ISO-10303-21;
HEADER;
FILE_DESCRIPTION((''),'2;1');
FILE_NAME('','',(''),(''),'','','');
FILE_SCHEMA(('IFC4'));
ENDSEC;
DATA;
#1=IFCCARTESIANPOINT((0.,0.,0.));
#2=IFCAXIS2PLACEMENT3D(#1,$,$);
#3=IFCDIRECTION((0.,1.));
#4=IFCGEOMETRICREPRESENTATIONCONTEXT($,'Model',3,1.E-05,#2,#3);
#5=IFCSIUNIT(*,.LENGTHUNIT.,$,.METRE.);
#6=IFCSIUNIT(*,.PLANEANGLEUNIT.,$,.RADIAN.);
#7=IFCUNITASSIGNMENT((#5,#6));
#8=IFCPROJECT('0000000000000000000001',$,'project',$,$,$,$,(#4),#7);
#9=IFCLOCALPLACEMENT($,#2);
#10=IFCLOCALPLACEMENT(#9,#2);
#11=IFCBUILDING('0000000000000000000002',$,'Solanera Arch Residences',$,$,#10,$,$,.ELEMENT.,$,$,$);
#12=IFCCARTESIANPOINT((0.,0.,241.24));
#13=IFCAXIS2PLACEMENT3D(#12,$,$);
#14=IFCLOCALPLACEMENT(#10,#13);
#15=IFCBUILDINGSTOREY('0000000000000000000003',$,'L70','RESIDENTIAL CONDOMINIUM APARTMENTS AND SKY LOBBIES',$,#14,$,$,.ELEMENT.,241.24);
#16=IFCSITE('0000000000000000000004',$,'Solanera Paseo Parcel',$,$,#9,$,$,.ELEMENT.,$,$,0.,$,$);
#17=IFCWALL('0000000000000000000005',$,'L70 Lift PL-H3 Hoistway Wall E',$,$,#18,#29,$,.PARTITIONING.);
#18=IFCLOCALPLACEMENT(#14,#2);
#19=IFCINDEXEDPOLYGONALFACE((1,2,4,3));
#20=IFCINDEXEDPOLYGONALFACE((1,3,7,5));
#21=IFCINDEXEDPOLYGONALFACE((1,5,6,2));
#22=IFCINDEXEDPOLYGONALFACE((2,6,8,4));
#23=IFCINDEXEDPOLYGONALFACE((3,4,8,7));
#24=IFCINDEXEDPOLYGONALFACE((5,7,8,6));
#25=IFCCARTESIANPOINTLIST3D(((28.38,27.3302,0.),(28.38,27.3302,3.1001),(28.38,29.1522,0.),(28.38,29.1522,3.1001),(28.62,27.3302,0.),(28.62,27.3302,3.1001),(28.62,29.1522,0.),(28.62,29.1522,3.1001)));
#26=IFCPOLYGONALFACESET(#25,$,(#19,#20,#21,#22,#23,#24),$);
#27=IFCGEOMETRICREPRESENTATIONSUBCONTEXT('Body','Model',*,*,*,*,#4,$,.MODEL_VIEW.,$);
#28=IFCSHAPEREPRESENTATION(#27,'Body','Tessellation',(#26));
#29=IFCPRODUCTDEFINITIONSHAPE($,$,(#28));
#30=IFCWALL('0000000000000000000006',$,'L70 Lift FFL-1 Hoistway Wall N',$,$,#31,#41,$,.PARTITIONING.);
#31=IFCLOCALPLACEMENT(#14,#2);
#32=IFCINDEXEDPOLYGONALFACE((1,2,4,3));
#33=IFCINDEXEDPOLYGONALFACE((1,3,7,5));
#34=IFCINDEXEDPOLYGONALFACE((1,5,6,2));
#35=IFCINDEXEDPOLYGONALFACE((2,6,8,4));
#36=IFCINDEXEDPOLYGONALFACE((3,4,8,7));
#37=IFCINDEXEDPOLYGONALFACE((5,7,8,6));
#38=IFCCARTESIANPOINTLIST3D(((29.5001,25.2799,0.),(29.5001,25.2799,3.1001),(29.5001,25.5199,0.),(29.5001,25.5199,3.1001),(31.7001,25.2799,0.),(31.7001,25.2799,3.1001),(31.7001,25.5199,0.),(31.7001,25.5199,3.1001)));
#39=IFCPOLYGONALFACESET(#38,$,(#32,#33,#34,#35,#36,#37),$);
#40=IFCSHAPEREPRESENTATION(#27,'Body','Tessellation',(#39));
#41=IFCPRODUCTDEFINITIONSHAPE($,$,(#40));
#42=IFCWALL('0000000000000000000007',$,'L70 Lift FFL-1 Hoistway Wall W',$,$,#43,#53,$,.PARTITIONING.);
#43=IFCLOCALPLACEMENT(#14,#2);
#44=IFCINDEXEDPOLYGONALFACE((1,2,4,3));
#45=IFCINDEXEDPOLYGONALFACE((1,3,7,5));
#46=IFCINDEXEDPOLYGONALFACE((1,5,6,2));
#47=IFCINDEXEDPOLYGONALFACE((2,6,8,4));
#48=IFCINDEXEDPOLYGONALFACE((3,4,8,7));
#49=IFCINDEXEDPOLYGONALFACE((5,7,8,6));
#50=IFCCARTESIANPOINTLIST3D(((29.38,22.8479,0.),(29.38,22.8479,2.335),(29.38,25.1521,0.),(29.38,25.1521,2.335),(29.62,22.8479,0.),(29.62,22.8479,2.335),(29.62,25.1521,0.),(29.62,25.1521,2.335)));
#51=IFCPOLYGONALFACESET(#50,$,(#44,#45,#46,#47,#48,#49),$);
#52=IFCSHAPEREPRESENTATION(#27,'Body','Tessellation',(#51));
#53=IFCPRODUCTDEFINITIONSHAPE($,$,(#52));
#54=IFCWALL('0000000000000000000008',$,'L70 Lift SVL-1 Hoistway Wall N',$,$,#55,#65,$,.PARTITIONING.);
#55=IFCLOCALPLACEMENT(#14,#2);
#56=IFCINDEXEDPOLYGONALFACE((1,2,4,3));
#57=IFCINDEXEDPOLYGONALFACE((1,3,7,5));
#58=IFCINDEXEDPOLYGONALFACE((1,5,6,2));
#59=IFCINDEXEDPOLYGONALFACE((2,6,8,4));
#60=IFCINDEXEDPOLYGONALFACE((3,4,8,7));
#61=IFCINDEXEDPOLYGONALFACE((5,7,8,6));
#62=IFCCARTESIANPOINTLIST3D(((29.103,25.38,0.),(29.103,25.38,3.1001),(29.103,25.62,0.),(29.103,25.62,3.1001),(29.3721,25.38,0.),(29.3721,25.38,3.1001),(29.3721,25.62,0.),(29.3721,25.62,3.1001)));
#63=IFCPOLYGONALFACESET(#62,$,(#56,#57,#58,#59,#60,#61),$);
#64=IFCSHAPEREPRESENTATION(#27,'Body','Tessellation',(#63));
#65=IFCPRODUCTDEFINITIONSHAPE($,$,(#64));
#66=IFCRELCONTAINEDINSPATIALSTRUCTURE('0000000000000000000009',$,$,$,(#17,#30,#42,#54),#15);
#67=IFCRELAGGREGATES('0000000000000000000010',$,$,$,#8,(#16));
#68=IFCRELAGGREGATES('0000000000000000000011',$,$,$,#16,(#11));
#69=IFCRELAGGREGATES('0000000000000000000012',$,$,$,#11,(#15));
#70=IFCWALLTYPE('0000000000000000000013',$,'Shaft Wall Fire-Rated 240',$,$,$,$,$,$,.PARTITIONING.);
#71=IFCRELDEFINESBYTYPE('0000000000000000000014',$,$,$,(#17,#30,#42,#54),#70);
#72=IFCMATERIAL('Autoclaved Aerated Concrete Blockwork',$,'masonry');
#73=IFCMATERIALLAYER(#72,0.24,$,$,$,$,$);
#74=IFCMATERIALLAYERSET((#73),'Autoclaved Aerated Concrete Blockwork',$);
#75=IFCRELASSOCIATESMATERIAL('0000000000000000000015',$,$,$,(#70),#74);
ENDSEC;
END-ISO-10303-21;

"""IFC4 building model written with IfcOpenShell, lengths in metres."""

from ifc_helpers import new_model, si_unit, direction, frame, frame_2d, origin, place, context, subcontext, project, spatial, rectangle, extrude, material, layer, layer_set, type_object, element, save


model = new_model("IFC4")

# Units and contexts
model_context = context("Model", 3, precision=1e-05, world=origin(), true_north=direction((0.0, 1.0)))
body_context = subcontext(model_context, "Body", "Model", "MODEL_VIEW")
ifc_project = project(units=[si_unit("LENGTHUNIT", "METRE"), si_unit("PLANEANGLEUNIT", "RADIAN")], contexts=[model_context])

# Site, building, storey
site_placement = place(None, origin())
site = spatial("IfcSite", under=ifc_project, at=site_placement, Name="Solanera Paseo Parcel", CompositionType="ELEMENT", RefElevation=0.0)
building_placement = place(site_placement, origin())
building = spatial("IfcBuilding", under=site, at=building_placement, Name="Solanera Arch Residences", CompositionType="ELEMENT")
storey_placement = place(building_placement, frame((0.0, 0.0, 241.24)))
storey = spatial("IfcBuildingStorey", under=building, at=storey_placement, Name="L70", Description="RESIDENTIAL CONDOMINIUM APARTMENTS AND SKY LOBBIES", CompositionType="ELEMENT", Elevation=241.24)

# Walls
ifc_material_1 = material(Name="Autoclaved Aerated Concrete Blockwork", Category="masonry")
ifc_layer_1 = layer(ifc_material_1, 0.24)
ifc_layer_set_1 = layer_set([ifc_layer_1], Name="Autoclaved Aerated Concrete Blockwork")
wall_type_1 = type_object("IfcWallType", Name="Shaft Wall Fire-Rated 240", PredefinedType="PARTITIONING", material=ifc_layer_set_1)
wall_1_placement = place(storey_placement, frame((28.5, 27.3301, 0.0), z_axis=(0.0, 0.0, 1.0), x_axis=(0.0, 1.0, 0.0)))
element("IfcWall", 1, at=wall_1_placement, inside=storey, type_object=wall_type_1, Name="L70 Lift PL-H3 Hoistway Wall E", PredefinedType="PARTITIONING", context=body_context, shape_type="SweptSolid", body=[
    extrude(rectangle(XDim=1.822, YDim=0.24, at=frame_2d((0.9111, 0.0))), origin(), (0.0, 0.0, 1.0), 3.1001),
])
wall_2_placement = place(storey_placement, frame((29.5, 25.3999, 0.0), z_axis=(0.0, 0.0, 1.0), x_axis=(1.0, 0.0, 0.0)))
element("IfcWall", 2, at=wall_2_placement, inside=storey, type_object=wall_type_1, Name="L70 Lift FFL-1 Hoistway Wall N", PredefinedType="PARTITIONING", context=body_context, shape_type="SweptSolid", body=[
    extrude(rectangle(XDim=2.2, YDim=0.24, at=frame_2d((1.1001, 0.0))), origin(), (0.0, 0.0, 1.0), 3.1001),
])
wall_3_placement = place(storey_placement, frame((29.5, 22.8479, 0.0), z_axis=(0.0, 0.0, 1.0), x_axis=(0.0, 1.0, 0.0)))
element("IfcWall", 3, at=wall_3_placement, inside=storey, type_object=wall_type_1, Name="L70 Lift FFL-1 Hoistway Wall W", PredefinedType="PARTITIONING", context=body_context, shape_type="SweptSolid", body=[
    extrude(rectangle(XDim=2.3042, YDim=0.24, at=frame_2d((1.1521, 0.0))), origin(), (0.0, 0.0, 1.0), 2.335),
])
wall_4_placement = place(storey_placement, frame((29.103, 25.5, 0.0), z_axis=(0.0, 0.0, 1.0), x_axis=(1.0, 0.0, 0.0)))
element("IfcWall", 4, at=wall_4_placement, inside=storey, type_object=wall_type_1, Name="L70 Lift SVL-1 Hoistway Wall N", PredefinedType="PARTITIONING", context=body_context, shape_type="SweptSolid", body=[
    extrude(rectangle(XDim=0.269, YDim=0.24, at=frame_2d((0.1345, 0.0))), origin(), (0.0, 0.0, 1.0), 3.1001),
])

save(model, "model.ifc")
